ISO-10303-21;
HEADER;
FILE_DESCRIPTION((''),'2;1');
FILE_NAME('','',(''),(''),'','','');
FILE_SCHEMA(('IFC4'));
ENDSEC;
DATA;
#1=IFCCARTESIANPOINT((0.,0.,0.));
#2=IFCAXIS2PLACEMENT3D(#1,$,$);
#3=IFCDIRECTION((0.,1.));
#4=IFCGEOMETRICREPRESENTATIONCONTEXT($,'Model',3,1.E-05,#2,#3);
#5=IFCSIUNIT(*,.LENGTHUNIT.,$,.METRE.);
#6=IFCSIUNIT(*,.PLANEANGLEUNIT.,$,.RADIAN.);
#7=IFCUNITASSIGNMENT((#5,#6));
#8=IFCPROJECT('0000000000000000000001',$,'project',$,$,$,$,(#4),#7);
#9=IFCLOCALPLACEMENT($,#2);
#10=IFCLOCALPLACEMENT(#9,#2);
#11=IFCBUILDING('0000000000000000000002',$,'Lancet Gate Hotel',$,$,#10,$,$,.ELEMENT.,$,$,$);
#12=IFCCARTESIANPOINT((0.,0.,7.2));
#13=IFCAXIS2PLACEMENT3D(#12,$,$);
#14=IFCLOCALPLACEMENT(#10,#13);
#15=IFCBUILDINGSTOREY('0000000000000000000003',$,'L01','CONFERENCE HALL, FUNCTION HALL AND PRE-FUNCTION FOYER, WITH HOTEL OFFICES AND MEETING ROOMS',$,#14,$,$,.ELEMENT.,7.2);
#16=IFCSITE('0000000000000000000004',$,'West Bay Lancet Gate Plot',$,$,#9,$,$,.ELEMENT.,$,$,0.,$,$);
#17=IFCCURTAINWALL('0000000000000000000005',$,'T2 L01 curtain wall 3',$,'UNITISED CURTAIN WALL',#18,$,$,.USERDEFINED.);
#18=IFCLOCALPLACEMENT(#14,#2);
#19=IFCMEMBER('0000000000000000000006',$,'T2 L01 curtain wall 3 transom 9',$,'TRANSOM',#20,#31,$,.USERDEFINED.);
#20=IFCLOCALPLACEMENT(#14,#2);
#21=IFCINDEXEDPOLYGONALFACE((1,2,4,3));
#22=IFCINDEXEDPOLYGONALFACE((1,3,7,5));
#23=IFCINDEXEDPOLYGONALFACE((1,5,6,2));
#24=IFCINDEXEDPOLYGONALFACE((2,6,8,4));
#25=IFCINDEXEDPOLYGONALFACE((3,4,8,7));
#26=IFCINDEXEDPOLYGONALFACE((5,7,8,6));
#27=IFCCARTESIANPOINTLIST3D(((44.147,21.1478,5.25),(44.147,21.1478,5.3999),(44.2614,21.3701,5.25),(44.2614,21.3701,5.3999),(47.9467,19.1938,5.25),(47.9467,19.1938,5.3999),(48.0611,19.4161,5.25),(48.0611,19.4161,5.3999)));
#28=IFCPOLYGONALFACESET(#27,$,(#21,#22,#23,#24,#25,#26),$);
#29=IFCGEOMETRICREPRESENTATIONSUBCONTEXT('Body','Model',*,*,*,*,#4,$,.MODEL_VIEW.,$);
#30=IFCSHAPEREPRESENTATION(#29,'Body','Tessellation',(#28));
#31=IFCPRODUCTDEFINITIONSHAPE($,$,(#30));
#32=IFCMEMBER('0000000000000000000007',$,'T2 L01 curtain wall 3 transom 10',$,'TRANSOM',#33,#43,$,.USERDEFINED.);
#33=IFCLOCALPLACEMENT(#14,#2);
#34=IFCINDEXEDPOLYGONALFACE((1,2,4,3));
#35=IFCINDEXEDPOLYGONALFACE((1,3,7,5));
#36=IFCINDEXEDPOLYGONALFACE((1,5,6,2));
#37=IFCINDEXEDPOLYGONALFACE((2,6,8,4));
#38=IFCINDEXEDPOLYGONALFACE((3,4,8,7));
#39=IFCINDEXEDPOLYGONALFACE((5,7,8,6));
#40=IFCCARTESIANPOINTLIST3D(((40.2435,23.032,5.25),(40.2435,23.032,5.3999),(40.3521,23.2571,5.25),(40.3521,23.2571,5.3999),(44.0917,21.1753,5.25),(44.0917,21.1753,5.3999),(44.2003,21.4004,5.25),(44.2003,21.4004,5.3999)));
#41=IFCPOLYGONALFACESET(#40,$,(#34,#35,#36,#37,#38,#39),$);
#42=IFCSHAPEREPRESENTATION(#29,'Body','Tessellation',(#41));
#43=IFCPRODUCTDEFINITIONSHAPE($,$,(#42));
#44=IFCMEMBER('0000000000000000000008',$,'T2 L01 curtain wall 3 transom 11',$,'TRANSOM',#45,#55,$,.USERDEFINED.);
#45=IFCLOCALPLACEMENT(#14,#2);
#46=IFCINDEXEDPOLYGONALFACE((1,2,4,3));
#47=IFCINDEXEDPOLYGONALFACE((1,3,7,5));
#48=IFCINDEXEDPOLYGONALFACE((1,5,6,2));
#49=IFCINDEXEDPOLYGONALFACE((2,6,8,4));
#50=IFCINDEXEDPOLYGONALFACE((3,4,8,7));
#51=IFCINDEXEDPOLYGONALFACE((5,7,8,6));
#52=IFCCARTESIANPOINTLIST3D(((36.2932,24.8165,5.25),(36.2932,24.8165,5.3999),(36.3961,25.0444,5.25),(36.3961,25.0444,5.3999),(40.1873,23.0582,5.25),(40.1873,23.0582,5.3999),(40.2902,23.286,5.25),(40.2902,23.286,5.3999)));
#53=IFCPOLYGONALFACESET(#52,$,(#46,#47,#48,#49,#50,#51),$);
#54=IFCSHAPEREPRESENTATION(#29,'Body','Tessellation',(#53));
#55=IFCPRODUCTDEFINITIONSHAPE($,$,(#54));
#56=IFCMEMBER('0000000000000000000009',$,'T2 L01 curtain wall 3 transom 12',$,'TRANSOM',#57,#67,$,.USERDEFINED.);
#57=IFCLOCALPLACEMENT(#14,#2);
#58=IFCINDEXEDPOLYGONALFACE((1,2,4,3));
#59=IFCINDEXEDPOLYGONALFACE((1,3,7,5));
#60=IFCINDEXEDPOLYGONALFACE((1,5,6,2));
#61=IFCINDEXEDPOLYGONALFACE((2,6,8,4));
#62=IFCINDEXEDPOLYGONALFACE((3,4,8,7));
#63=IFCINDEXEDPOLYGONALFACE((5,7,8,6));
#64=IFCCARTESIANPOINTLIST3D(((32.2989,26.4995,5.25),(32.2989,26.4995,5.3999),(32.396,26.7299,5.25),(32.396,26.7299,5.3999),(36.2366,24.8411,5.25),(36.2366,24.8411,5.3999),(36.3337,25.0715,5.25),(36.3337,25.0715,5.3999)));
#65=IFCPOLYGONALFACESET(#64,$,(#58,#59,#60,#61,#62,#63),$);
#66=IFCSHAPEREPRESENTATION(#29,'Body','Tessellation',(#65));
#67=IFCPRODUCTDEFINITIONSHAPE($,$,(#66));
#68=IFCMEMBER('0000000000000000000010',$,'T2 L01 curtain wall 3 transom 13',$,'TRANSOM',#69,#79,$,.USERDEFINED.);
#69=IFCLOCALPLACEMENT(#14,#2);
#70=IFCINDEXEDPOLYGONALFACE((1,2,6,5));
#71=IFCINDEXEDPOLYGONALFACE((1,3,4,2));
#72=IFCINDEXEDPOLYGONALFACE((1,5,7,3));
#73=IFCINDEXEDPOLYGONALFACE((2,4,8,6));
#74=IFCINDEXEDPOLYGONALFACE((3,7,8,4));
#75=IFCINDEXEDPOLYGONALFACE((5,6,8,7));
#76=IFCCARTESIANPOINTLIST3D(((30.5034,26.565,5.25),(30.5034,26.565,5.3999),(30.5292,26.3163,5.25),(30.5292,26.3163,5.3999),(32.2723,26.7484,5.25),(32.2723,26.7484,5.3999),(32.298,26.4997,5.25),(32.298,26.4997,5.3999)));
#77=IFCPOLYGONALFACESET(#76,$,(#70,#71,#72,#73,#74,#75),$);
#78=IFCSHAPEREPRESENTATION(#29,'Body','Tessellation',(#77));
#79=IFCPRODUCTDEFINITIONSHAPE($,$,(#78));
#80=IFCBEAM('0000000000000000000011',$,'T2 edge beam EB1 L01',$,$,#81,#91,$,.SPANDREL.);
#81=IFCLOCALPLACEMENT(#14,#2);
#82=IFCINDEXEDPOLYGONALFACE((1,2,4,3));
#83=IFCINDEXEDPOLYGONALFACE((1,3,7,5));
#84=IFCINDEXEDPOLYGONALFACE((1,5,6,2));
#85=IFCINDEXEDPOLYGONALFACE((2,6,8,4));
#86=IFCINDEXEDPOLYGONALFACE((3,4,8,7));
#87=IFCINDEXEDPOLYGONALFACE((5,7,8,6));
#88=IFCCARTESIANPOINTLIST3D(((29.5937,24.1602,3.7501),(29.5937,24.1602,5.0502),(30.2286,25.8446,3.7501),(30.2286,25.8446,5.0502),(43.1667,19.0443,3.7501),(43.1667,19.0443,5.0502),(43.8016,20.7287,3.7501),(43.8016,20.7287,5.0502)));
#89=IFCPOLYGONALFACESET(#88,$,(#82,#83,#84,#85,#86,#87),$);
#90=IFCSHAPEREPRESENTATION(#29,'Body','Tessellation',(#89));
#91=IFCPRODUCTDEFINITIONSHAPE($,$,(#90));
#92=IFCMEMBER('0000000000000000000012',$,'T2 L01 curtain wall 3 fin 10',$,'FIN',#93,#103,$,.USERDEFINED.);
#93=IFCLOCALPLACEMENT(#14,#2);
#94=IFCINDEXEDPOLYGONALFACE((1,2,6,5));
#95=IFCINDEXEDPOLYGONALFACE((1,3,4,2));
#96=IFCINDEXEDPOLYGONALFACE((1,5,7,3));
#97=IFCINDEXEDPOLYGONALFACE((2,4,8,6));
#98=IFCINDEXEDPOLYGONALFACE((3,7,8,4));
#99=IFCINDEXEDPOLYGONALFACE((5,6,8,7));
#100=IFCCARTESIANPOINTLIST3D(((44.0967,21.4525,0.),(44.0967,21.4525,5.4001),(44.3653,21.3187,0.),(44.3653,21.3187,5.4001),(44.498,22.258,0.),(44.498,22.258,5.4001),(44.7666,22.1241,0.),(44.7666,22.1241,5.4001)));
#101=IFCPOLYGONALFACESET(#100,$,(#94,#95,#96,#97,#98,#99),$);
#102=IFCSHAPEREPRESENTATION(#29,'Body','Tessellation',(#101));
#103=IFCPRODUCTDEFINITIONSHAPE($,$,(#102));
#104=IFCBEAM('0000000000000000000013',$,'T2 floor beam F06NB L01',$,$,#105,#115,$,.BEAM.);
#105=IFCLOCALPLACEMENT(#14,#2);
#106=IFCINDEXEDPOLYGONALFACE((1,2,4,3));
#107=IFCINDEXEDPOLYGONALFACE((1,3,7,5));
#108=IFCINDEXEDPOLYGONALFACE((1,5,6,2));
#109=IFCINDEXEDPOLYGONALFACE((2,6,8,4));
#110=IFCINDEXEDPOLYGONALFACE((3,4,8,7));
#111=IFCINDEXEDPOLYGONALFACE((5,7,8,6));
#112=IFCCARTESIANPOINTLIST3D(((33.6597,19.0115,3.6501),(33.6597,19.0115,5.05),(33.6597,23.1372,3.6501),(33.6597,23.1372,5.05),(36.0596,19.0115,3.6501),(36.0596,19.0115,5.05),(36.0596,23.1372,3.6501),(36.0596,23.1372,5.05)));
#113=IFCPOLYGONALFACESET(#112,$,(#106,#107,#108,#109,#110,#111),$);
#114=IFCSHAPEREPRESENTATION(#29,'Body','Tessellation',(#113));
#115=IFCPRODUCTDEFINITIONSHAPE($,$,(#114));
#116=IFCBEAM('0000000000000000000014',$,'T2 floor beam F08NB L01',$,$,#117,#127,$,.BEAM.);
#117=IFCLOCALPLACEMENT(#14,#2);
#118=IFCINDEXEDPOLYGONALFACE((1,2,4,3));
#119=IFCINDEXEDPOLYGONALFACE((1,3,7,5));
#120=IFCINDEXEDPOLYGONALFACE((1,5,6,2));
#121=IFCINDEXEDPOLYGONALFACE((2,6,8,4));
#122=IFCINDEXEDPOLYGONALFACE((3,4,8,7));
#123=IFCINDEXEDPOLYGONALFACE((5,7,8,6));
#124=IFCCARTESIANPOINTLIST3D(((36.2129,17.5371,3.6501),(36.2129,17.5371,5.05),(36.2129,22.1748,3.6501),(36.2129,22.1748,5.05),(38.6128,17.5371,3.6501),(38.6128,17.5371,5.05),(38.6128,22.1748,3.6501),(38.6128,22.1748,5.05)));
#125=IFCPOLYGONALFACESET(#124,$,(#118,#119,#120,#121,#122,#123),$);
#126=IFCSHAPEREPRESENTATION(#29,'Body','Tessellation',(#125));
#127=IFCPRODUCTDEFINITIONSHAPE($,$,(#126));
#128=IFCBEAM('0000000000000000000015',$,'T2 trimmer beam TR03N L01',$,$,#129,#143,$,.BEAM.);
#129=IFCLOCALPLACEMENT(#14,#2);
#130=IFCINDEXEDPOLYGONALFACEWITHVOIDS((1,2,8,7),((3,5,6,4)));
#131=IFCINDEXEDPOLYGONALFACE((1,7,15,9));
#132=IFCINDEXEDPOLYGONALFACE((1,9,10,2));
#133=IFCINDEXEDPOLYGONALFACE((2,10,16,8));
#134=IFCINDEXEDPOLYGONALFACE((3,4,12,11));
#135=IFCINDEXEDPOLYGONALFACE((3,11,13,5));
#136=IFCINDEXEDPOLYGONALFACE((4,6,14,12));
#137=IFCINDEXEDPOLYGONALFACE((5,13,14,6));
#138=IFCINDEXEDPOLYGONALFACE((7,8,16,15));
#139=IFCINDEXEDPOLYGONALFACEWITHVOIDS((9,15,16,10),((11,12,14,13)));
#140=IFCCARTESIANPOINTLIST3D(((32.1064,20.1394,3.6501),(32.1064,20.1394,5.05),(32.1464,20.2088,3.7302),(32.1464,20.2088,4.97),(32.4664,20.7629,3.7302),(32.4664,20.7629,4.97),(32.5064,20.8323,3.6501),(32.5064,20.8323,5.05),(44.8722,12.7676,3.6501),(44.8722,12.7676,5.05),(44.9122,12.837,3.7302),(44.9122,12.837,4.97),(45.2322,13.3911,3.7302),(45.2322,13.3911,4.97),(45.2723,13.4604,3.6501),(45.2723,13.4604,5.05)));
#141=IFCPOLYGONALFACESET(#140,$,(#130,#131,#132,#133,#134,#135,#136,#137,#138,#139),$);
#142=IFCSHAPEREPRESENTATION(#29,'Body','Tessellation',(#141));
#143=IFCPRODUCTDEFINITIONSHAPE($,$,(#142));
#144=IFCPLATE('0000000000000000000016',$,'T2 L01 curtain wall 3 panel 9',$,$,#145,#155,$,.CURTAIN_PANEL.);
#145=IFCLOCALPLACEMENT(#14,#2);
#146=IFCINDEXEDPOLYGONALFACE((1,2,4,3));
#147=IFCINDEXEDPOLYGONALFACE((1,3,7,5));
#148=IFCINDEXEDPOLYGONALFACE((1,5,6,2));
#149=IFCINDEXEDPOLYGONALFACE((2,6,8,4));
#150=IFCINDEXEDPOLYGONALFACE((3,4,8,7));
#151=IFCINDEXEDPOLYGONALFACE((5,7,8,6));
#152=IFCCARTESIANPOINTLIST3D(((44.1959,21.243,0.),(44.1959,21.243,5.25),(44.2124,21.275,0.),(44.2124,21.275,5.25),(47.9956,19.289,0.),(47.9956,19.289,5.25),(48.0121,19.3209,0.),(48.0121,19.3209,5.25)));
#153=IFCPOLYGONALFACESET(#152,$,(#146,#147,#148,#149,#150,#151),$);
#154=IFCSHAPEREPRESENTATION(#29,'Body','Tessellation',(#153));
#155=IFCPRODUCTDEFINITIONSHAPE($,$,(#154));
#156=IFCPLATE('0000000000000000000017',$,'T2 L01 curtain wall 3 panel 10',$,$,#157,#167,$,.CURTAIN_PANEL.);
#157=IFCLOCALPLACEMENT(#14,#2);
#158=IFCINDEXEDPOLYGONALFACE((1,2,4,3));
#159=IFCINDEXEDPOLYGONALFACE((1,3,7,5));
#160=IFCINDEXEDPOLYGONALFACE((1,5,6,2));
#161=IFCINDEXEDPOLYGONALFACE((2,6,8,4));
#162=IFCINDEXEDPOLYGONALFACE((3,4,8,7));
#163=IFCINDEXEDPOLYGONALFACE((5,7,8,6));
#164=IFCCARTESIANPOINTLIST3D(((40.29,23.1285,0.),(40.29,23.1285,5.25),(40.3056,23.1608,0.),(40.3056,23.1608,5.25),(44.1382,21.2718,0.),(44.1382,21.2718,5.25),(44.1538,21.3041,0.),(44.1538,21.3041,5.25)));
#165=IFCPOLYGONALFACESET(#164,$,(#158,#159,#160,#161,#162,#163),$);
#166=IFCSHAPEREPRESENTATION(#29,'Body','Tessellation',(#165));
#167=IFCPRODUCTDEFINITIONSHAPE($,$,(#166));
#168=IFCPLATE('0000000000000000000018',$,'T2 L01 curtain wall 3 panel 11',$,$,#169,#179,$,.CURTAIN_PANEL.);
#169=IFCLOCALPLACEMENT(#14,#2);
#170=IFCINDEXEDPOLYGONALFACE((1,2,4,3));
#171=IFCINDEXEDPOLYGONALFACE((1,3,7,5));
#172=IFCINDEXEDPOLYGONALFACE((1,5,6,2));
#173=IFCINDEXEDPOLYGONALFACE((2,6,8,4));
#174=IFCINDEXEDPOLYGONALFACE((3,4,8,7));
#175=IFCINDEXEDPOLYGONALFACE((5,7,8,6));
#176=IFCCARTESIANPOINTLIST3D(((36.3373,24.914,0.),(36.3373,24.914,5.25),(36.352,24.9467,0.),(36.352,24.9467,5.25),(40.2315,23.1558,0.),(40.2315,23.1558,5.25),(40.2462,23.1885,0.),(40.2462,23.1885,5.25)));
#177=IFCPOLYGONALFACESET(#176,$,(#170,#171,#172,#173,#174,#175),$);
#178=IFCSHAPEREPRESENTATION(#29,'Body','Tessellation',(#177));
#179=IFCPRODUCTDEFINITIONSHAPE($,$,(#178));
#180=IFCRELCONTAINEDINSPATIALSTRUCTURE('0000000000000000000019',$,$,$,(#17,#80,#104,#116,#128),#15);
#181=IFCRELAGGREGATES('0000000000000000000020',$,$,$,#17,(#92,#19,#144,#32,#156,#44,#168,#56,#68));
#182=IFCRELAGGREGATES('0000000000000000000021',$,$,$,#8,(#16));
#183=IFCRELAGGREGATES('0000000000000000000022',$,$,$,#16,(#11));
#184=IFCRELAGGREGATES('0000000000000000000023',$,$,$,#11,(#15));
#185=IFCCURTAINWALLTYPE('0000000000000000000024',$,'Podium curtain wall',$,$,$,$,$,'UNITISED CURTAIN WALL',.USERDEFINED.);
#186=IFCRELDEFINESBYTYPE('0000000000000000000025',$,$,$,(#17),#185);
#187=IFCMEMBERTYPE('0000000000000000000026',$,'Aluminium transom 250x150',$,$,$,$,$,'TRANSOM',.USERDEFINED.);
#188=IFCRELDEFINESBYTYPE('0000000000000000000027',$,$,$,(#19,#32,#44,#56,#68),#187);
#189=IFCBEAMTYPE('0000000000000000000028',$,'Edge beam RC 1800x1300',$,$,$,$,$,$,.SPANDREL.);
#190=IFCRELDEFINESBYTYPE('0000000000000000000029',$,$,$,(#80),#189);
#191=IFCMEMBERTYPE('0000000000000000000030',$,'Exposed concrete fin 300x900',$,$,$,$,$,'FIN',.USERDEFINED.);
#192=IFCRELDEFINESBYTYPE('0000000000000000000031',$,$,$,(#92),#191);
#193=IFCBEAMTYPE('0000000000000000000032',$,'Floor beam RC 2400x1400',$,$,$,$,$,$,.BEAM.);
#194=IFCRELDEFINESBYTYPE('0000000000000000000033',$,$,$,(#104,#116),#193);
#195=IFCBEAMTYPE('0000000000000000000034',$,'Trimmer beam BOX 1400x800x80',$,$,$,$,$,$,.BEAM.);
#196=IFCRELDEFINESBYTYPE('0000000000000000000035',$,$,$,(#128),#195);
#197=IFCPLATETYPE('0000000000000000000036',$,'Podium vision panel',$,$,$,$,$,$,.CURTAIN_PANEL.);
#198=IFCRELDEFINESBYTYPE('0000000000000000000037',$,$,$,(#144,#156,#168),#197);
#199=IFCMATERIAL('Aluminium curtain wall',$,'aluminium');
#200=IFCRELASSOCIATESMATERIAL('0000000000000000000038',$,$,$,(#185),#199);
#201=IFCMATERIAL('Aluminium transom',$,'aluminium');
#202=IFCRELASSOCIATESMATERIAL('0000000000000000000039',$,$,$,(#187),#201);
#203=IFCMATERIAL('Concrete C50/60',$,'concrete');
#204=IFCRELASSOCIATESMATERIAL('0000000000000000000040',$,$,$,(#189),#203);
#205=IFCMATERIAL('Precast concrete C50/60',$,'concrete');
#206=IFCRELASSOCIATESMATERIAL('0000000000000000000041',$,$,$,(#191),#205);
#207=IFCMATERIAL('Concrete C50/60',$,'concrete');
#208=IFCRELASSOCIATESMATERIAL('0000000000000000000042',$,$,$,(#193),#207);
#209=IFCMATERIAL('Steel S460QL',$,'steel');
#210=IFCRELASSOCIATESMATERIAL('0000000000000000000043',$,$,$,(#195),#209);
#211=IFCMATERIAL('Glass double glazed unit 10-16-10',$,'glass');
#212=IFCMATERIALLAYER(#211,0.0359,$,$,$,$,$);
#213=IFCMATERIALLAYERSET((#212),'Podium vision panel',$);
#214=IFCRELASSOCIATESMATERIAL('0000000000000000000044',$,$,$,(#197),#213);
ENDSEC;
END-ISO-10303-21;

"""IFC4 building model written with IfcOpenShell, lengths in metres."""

from ifc_helpers import new_model, si_unit, direction, frame, origin, origin_2d, place, context, subcontext, project, spatial, rectangle, hollow_rectangle, extrude, material, layer, layer_set, material_profile, profile_set, type_object, element, aggregate, save


model = new_model("IFC4")

# Units and contexts
model_context = context("Model", 3, precision=1e-05, world=origin(), true_north=direction((0.0, 1.0)))
body_context = subcontext(model_context, "Body", "Model", "MODEL_VIEW")
ifc_project = project(units=[si_unit("LENGTHUNIT", "METRE"), si_unit("PLANEANGLEUNIT", "RADIAN")], contexts=[model_context])

# Site, building, storey
site_placement = place(None, origin())
site = spatial("IfcSite", under=ifc_project, at=site_placement, Name="West Bay Lancet Gate Plot", CompositionType="ELEMENT", RefElevation=0.0)
building_placement = place(site_placement, origin())
building = spatial("IfcBuilding", under=site, at=building_placement, Name="Lancet Gate Hotel", CompositionType="ELEMENT")
storey_placement = place(building_placement, frame((0.0, 0.0, 7.2)))
storey = spatial("IfcBuildingStorey", under=building, at=storey_placement, Name="L01", Description="CONFERENCE HALL, FUNCTION HALL AND PRE-FUNCTION FOYER, WITH HOTEL OFFICES AND MEETING ROOMS", CompositionType="ELEMENT", Elevation=7.2)

# Curtain wall, members
ifc_material_1 = material(Name="Aluminium curtain wall", Category="aluminium")
curtain_wall_type = type_object("IfcCurtainWallType", Name="Podium curtain wall", ElementType="UNITISED CURTAIN WALL", PredefinedType="USERDEFINED", material=ifc_material_1)
curtain_wall_placement = place(storey_placement, origin())
curtain_wall = element("IfcCurtainWall", 1, at=curtain_wall_placement, inside=storey, type_object=curtain_wall_type, Name="T2 L01 curtain wall 3", ObjectType="UNITISED CURTAIN WALL", PredefinedType="USERDEFINED")
ifc_material_2 = material(Name="Aluminium transom", Category="aluminium")
ifc_material_profile_1 = material_profile(ifc_material_2, rectangle(XDim=0.25, YDim=0.1499, at=origin_2d()), Name="TRANSOM 250x150")
ifc_profile_set_1 = profile_set([ifc_material_profile_1], Name="Aluminium transom")
member_type_1 = type_object("IfcMemberType", Name="Aluminium transom 250x150", ElementType="TRANSOM", PredefinedType="USERDEFINED", material=ifc_profile_set_1)
member_1_placement = place(storey_placement, frame((48.0039, 19.3049, 5.325), z_axis=(-0.889296, 0.457333, 0.0), x_axis=(-0.457333, -0.889296, 0.0)))
member_1 = element("IfcMember", 2, at=member_1_placement, type_object=member_type_1, Name="T2 L01 curtain wall 3 transom 9", ObjectType="TRANSOM", PredefinedType="USERDEFINED", context=body_context, shape_type="SweptSolid", body=[
    extrude(rectangle(XDim=0.25, YDim=0.1499, at=origin_2d()), origin(), (0.0, 0.0, 1.0), 4.2727),
])
member_2_placement = place(storey_placement, frame((44.146, 21.2878, 5.325), z_axis=(-0.900646, 0.434553, 0.0), x_axis=(-0.434553, -0.900646, 0.0)))
member_2 = element("IfcMember", 3, at=member_2_placement, type_object=member_type_1, Name="T2 L01 curtain wall 3 transom 10", ObjectType="TRANSOM", PredefinedType="USERDEFINED", context=body_context, shape_type="SweptSolid", body=[
    extrude(rectangle(XDim=0.25, YDim=0.1499, at=origin_2d()), origin(), (0.0, 0.0, 1.0), 4.2727),
])
member_3_placement = place(storey_placement, frame((40.2388, 23.1721, 5.325), z_axis=(-0.911397, 0.411529, 0.0), x_axis=(-0.411529, -0.911397, 0.0)))
member_3 = element("IfcMember", 4, at=member_3_placement, type_object=member_type_1, Name="T2 L01 curtain wall 3 transom 11", ObjectType="TRANSOM", PredefinedType="USERDEFINED", context=body_context, shape_type="SweptSolid", body=[
    extrude(rectangle(XDim=0.25, YDim=0.1499, at=origin_2d()), origin(), (0.0, 0.0, 1.0), 4.2727),
])
member_4_placement = place(storey_placement, frame((36.2852, 24.9563, 5.325), z_axis=(-0.921598, 0.388146, 0.0), x_axis=(-0.388146, -0.921598, 0.0)))
member_4 = element("IfcMember", 5, at=member_4_placement, type_object=member_type_1, Name="T2 L01 curtain wall 3 transom 12", ObjectType="TRANSOM", PredefinedType="USERDEFINED", context=body_context, shape_type="SweptSolid", body=[
    extrude(rectangle(XDim=0.25, YDim=0.1499, at=origin_2d()), origin(), (0.0, 0.0, 1.0), 4.2727),
])
member_5_placement = place(storey_placement, frame((32.2852, 26.624, 5.325), z_axis=(-0.99467, -0.103105, 0.0), x_axis=(0.103105, -0.99467, 0.0)))
member_5 = element("IfcMember", 6, at=member_5_placement, type_object=member_type_1, Name="T2 L01 curtain wall 3 transom 13", ObjectType="TRANSOM", PredefinedType="USERDEFINED", context=body_context, shape_type="SweptSolid", body=[
    extrude(rectangle(XDim=0.25, YDim=0.1499, at=origin_2d()), origin(), (0.0, 0.0, 1.0), 1.7783),
])

# Beam
ifc_material_3 = material(Name="Concrete C50/60", Category="concrete")
ifc_material_profile_2 = material_profile(ifc_material_3, rectangle(XDim=1.8, YDim=1.3, at=origin_2d()), Name="RC 1800x1300")
ifc_profile_set_2 = profile_set([ifc_material_profile_2], Name="Concrete C50/60")
beam_type_1 = type_object("IfcBeamType", Name="Edge beam RC 1800x1300", PredefinedType="SPANDREL", material=ifc_profile_set_2)
beam_1_placement = place(storey_placement, frame((43.4841, 19.8865, 4.4001), z_axis=(-0.935736, 0.3527, 0.0), x_axis=(-0.3527, -0.935736, 0.0)))
element("IfcBeam", 7, at=beam_1_placement, inside=storey, type_object=beam_type_1, Name="T2 edge beam EB1 L01", PredefinedType="SPANDREL", context=body_context, shape_type="SweptSolid", body=[
    extrude(rectangle(XDim=1.8, YDim=1.3, at=origin_2d()), origin(), (0.0, 0.0, 1.0), 14.5051),
])

# Member
ifc_material_4 = material(Name="Precast concrete C50/60", Category="concrete")
ifc_material_profile_3 = material_profile(ifc_material_4, rectangle(XDim=0.3, YDim=0.8999, at=origin_2d()), Name="FIN 300x900")
ifc_profile_set_3 = profile_set([ifc_material_profile_3], Name="Precast concrete C50/60")
member_type_2 = type_object("IfcMemberType", Name="Exposed concrete fin 300x900", ElementType="FIN", PredefinedType="USERDEFINED", material=ifc_profile_set_3)
member_6_placement = place(storey_placement, frame((44.4316, 21.7883, 0.0), z_axis=(0.0, 0.0, 1.0), x_axis=(-0.895044, 0.445978, 0.0)))
member_6 = element("IfcMember", 8, at=member_6_placement, type_object=member_type_2, Name="T2 L01 curtain wall 3 fin 10", ObjectType="FIN", PredefinedType="USERDEFINED", context=body_context, shape_type="SweptSolid", body=[
    extrude(rectangle(XDim=0.3, YDim=0.8999, at=origin_2d()), origin(), (0.0, 0.0, 1.0), 5.4001),
])

# Beams
ifc_material_5 = material(Name="Concrete C50/60", Category="concrete")
ifc_material_profile_4 = material_profile(ifc_material_5, rectangle(XDim=2.3999, YDim=1.3999, at=origin_2d()), Name="RC 2400x1400")
ifc_profile_set_4 = profile_set([ifc_material_profile_4], Name="Concrete C50/60")
beam_type_2 = type_object("IfcBeamType", Name="Floor beam RC 2400x1400", PredefinedType="BEAM", material=ifc_profile_set_4)
beam_2_placement = place(storey_placement, frame((34.8596, 19.0115, 4.3501), z_axis=(0.0, 1.0, 0.0), x_axis=(-1.0, 0.0, 0.0)))
element("IfcBeam", 9, at=beam_2_placement, inside=storey, type_object=beam_type_2, Name="T2 floor beam F06NB L01", PredefinedType="BEAM", context=body_context, shape_type="SweptSolid", body=[
    extrude(rectangle(XDim=2.3999, YDim=1.3999, at=origin_2d()), origin(), (0.0, 0.0, 1.0), 4.1257),
])
beam_3_placement = place(storey_placement, frame((37.4128, 17.5371, 4.3501), z_axis=(0.0, 1.0, 0.0), x_axis=(-1.0, 0.0, 0.0)))
element("IfcBeam", 10, at=beam_3_placement, inside=storey, type_object=beam_type_2, Name="T2 floor beam F08NB L01", PredefinedType="BEAM", context=body_context, shape_type="SweptSolid", body=[
    extrude(rectangle(XDim=2.3999, YDim=1.3999, at=origin_2d()), origin(), (0.0, 0.0, 1.0), 4.6377),
])
ifc_material_6 = material(Name="Steel S460QL", Category="steel")
ifc_material_profile_5 = material_profile(ifc_material_6, hollow_rectangle(XDim=0.8, YDim=1.3999, WallThickness=0.0801, at=origin_2d()), Name="BOX 1400x800x80")
ifc_profile_set_5 = profile_set([ifc_material_profile_5], Name="Steel S460QL")
beam_type_3 = type_object("IfcBeamType", Name="Trimmer beam BOX 1400x800x80", PredefinedType="BEAM", material=ifc_profile_set_5)
beam_4_placement = place(storey_placement, frame((32.3064, 20.4858, 4.3501), z_axis=(0.865983, -0.500074, 0.0), x_axis=(0.500074, 0.865983, 0.0)))
element("IfcBeam", 11, at=beam_4_placement, inside=storey, type_object=beam_type_3, Name="T2 trimmer beam TR03N L01", PredefinedType="BEAM", context=body_context, shape_type="SweptSolid", body=[
    extrude(hollow_rectangle(XDim=0.8, YDim=1.3999, WallThickness=0.0801, at=origin_2d()), origin(), (0.0, 0.0, 1.0), 14.7415),
])

# Plates
ifc_material_7 = material(Name="Glass double glazed unit 10-16-10", Category="glass")
ifc_layer_1 = layer(ifc_material_7, 0.0359)
ifc_layer_set_1 = layer_set([ifc_layer_1], Name="Podium vision panel")
plate_type = type_object("IfcPlateType", Name="Podium vision panel", PredefinedType="CURTAIN_PANEL", material=ifc_layer_set_1)
plate_1_placement = place(storey_placement, frame((46.104, 20.282, 0.0), z_axis=(0.0, 0.0, 1.0), x_axis=(-0.889296, 0.457332, 0.0)))
plate_1 = element("IfcPlate", 12, at=plate_1_placement, type_object=plate_type, Name="T2 L01 curtain wall 3 panel 9", PredefinedType="CURTAIN_PANEL", context=body_context, shape_type="SweptSolid", body=[
    extrude(rectangle(XDim=4.2727, YDim=0.0359, at=origin_2d()), origin(), (0.0, 0.0, 1.0), 5.25),
])
plate_2_placement = place(storey_placement, frame((42.2219, 22.2163, 0.0), z_axis=(0.0, 0.0, 1.0), x_axis=(-0.900647, 0.43455, 0.0)))
plate_2 = element("IfcPlate", 13, at=plate_2_placement, type_object=plate_type, Name="T2 L01 curtain wall 3 panel 10", PredefinedType="CURTAIN_PANEL", context=body_context, shape_type="SweptSolid", body=[
    extrude(rectangle(XDim=4.2727, YDim=0.0359, at=origin_2d()), origin(), (0.0, 0.0, 1.0), 5.25),
])
plate_3_placement = place(storey_placement, frame((38.2917, 24.0513, 0.0), z_axis=(0.0, 0.0, 1.0), x_axis=(-0.911416, 0.411487, 0.0)))
plate_3 = element("IfcPlate", 14, at=plate_3_placement, type_object=plate_type, Name="T2 L01 curtain wall 3 panel 11", PredefinedType="CURTAIN_PANEL", context=body_context, shape_type="SweptSolid", body=[
    extrude(rectangle(XDim=4.2727, YDim=0.0359, at=origin_2d()), origin(), (0.0, 0.0, 1.0), 5.25),
])
aggregate(curtain_wall, [member_6, member_1, plate_1, member_2, plate_2, member_3, plate_3, member_4, member_5])

save(model, "model.ifc")
